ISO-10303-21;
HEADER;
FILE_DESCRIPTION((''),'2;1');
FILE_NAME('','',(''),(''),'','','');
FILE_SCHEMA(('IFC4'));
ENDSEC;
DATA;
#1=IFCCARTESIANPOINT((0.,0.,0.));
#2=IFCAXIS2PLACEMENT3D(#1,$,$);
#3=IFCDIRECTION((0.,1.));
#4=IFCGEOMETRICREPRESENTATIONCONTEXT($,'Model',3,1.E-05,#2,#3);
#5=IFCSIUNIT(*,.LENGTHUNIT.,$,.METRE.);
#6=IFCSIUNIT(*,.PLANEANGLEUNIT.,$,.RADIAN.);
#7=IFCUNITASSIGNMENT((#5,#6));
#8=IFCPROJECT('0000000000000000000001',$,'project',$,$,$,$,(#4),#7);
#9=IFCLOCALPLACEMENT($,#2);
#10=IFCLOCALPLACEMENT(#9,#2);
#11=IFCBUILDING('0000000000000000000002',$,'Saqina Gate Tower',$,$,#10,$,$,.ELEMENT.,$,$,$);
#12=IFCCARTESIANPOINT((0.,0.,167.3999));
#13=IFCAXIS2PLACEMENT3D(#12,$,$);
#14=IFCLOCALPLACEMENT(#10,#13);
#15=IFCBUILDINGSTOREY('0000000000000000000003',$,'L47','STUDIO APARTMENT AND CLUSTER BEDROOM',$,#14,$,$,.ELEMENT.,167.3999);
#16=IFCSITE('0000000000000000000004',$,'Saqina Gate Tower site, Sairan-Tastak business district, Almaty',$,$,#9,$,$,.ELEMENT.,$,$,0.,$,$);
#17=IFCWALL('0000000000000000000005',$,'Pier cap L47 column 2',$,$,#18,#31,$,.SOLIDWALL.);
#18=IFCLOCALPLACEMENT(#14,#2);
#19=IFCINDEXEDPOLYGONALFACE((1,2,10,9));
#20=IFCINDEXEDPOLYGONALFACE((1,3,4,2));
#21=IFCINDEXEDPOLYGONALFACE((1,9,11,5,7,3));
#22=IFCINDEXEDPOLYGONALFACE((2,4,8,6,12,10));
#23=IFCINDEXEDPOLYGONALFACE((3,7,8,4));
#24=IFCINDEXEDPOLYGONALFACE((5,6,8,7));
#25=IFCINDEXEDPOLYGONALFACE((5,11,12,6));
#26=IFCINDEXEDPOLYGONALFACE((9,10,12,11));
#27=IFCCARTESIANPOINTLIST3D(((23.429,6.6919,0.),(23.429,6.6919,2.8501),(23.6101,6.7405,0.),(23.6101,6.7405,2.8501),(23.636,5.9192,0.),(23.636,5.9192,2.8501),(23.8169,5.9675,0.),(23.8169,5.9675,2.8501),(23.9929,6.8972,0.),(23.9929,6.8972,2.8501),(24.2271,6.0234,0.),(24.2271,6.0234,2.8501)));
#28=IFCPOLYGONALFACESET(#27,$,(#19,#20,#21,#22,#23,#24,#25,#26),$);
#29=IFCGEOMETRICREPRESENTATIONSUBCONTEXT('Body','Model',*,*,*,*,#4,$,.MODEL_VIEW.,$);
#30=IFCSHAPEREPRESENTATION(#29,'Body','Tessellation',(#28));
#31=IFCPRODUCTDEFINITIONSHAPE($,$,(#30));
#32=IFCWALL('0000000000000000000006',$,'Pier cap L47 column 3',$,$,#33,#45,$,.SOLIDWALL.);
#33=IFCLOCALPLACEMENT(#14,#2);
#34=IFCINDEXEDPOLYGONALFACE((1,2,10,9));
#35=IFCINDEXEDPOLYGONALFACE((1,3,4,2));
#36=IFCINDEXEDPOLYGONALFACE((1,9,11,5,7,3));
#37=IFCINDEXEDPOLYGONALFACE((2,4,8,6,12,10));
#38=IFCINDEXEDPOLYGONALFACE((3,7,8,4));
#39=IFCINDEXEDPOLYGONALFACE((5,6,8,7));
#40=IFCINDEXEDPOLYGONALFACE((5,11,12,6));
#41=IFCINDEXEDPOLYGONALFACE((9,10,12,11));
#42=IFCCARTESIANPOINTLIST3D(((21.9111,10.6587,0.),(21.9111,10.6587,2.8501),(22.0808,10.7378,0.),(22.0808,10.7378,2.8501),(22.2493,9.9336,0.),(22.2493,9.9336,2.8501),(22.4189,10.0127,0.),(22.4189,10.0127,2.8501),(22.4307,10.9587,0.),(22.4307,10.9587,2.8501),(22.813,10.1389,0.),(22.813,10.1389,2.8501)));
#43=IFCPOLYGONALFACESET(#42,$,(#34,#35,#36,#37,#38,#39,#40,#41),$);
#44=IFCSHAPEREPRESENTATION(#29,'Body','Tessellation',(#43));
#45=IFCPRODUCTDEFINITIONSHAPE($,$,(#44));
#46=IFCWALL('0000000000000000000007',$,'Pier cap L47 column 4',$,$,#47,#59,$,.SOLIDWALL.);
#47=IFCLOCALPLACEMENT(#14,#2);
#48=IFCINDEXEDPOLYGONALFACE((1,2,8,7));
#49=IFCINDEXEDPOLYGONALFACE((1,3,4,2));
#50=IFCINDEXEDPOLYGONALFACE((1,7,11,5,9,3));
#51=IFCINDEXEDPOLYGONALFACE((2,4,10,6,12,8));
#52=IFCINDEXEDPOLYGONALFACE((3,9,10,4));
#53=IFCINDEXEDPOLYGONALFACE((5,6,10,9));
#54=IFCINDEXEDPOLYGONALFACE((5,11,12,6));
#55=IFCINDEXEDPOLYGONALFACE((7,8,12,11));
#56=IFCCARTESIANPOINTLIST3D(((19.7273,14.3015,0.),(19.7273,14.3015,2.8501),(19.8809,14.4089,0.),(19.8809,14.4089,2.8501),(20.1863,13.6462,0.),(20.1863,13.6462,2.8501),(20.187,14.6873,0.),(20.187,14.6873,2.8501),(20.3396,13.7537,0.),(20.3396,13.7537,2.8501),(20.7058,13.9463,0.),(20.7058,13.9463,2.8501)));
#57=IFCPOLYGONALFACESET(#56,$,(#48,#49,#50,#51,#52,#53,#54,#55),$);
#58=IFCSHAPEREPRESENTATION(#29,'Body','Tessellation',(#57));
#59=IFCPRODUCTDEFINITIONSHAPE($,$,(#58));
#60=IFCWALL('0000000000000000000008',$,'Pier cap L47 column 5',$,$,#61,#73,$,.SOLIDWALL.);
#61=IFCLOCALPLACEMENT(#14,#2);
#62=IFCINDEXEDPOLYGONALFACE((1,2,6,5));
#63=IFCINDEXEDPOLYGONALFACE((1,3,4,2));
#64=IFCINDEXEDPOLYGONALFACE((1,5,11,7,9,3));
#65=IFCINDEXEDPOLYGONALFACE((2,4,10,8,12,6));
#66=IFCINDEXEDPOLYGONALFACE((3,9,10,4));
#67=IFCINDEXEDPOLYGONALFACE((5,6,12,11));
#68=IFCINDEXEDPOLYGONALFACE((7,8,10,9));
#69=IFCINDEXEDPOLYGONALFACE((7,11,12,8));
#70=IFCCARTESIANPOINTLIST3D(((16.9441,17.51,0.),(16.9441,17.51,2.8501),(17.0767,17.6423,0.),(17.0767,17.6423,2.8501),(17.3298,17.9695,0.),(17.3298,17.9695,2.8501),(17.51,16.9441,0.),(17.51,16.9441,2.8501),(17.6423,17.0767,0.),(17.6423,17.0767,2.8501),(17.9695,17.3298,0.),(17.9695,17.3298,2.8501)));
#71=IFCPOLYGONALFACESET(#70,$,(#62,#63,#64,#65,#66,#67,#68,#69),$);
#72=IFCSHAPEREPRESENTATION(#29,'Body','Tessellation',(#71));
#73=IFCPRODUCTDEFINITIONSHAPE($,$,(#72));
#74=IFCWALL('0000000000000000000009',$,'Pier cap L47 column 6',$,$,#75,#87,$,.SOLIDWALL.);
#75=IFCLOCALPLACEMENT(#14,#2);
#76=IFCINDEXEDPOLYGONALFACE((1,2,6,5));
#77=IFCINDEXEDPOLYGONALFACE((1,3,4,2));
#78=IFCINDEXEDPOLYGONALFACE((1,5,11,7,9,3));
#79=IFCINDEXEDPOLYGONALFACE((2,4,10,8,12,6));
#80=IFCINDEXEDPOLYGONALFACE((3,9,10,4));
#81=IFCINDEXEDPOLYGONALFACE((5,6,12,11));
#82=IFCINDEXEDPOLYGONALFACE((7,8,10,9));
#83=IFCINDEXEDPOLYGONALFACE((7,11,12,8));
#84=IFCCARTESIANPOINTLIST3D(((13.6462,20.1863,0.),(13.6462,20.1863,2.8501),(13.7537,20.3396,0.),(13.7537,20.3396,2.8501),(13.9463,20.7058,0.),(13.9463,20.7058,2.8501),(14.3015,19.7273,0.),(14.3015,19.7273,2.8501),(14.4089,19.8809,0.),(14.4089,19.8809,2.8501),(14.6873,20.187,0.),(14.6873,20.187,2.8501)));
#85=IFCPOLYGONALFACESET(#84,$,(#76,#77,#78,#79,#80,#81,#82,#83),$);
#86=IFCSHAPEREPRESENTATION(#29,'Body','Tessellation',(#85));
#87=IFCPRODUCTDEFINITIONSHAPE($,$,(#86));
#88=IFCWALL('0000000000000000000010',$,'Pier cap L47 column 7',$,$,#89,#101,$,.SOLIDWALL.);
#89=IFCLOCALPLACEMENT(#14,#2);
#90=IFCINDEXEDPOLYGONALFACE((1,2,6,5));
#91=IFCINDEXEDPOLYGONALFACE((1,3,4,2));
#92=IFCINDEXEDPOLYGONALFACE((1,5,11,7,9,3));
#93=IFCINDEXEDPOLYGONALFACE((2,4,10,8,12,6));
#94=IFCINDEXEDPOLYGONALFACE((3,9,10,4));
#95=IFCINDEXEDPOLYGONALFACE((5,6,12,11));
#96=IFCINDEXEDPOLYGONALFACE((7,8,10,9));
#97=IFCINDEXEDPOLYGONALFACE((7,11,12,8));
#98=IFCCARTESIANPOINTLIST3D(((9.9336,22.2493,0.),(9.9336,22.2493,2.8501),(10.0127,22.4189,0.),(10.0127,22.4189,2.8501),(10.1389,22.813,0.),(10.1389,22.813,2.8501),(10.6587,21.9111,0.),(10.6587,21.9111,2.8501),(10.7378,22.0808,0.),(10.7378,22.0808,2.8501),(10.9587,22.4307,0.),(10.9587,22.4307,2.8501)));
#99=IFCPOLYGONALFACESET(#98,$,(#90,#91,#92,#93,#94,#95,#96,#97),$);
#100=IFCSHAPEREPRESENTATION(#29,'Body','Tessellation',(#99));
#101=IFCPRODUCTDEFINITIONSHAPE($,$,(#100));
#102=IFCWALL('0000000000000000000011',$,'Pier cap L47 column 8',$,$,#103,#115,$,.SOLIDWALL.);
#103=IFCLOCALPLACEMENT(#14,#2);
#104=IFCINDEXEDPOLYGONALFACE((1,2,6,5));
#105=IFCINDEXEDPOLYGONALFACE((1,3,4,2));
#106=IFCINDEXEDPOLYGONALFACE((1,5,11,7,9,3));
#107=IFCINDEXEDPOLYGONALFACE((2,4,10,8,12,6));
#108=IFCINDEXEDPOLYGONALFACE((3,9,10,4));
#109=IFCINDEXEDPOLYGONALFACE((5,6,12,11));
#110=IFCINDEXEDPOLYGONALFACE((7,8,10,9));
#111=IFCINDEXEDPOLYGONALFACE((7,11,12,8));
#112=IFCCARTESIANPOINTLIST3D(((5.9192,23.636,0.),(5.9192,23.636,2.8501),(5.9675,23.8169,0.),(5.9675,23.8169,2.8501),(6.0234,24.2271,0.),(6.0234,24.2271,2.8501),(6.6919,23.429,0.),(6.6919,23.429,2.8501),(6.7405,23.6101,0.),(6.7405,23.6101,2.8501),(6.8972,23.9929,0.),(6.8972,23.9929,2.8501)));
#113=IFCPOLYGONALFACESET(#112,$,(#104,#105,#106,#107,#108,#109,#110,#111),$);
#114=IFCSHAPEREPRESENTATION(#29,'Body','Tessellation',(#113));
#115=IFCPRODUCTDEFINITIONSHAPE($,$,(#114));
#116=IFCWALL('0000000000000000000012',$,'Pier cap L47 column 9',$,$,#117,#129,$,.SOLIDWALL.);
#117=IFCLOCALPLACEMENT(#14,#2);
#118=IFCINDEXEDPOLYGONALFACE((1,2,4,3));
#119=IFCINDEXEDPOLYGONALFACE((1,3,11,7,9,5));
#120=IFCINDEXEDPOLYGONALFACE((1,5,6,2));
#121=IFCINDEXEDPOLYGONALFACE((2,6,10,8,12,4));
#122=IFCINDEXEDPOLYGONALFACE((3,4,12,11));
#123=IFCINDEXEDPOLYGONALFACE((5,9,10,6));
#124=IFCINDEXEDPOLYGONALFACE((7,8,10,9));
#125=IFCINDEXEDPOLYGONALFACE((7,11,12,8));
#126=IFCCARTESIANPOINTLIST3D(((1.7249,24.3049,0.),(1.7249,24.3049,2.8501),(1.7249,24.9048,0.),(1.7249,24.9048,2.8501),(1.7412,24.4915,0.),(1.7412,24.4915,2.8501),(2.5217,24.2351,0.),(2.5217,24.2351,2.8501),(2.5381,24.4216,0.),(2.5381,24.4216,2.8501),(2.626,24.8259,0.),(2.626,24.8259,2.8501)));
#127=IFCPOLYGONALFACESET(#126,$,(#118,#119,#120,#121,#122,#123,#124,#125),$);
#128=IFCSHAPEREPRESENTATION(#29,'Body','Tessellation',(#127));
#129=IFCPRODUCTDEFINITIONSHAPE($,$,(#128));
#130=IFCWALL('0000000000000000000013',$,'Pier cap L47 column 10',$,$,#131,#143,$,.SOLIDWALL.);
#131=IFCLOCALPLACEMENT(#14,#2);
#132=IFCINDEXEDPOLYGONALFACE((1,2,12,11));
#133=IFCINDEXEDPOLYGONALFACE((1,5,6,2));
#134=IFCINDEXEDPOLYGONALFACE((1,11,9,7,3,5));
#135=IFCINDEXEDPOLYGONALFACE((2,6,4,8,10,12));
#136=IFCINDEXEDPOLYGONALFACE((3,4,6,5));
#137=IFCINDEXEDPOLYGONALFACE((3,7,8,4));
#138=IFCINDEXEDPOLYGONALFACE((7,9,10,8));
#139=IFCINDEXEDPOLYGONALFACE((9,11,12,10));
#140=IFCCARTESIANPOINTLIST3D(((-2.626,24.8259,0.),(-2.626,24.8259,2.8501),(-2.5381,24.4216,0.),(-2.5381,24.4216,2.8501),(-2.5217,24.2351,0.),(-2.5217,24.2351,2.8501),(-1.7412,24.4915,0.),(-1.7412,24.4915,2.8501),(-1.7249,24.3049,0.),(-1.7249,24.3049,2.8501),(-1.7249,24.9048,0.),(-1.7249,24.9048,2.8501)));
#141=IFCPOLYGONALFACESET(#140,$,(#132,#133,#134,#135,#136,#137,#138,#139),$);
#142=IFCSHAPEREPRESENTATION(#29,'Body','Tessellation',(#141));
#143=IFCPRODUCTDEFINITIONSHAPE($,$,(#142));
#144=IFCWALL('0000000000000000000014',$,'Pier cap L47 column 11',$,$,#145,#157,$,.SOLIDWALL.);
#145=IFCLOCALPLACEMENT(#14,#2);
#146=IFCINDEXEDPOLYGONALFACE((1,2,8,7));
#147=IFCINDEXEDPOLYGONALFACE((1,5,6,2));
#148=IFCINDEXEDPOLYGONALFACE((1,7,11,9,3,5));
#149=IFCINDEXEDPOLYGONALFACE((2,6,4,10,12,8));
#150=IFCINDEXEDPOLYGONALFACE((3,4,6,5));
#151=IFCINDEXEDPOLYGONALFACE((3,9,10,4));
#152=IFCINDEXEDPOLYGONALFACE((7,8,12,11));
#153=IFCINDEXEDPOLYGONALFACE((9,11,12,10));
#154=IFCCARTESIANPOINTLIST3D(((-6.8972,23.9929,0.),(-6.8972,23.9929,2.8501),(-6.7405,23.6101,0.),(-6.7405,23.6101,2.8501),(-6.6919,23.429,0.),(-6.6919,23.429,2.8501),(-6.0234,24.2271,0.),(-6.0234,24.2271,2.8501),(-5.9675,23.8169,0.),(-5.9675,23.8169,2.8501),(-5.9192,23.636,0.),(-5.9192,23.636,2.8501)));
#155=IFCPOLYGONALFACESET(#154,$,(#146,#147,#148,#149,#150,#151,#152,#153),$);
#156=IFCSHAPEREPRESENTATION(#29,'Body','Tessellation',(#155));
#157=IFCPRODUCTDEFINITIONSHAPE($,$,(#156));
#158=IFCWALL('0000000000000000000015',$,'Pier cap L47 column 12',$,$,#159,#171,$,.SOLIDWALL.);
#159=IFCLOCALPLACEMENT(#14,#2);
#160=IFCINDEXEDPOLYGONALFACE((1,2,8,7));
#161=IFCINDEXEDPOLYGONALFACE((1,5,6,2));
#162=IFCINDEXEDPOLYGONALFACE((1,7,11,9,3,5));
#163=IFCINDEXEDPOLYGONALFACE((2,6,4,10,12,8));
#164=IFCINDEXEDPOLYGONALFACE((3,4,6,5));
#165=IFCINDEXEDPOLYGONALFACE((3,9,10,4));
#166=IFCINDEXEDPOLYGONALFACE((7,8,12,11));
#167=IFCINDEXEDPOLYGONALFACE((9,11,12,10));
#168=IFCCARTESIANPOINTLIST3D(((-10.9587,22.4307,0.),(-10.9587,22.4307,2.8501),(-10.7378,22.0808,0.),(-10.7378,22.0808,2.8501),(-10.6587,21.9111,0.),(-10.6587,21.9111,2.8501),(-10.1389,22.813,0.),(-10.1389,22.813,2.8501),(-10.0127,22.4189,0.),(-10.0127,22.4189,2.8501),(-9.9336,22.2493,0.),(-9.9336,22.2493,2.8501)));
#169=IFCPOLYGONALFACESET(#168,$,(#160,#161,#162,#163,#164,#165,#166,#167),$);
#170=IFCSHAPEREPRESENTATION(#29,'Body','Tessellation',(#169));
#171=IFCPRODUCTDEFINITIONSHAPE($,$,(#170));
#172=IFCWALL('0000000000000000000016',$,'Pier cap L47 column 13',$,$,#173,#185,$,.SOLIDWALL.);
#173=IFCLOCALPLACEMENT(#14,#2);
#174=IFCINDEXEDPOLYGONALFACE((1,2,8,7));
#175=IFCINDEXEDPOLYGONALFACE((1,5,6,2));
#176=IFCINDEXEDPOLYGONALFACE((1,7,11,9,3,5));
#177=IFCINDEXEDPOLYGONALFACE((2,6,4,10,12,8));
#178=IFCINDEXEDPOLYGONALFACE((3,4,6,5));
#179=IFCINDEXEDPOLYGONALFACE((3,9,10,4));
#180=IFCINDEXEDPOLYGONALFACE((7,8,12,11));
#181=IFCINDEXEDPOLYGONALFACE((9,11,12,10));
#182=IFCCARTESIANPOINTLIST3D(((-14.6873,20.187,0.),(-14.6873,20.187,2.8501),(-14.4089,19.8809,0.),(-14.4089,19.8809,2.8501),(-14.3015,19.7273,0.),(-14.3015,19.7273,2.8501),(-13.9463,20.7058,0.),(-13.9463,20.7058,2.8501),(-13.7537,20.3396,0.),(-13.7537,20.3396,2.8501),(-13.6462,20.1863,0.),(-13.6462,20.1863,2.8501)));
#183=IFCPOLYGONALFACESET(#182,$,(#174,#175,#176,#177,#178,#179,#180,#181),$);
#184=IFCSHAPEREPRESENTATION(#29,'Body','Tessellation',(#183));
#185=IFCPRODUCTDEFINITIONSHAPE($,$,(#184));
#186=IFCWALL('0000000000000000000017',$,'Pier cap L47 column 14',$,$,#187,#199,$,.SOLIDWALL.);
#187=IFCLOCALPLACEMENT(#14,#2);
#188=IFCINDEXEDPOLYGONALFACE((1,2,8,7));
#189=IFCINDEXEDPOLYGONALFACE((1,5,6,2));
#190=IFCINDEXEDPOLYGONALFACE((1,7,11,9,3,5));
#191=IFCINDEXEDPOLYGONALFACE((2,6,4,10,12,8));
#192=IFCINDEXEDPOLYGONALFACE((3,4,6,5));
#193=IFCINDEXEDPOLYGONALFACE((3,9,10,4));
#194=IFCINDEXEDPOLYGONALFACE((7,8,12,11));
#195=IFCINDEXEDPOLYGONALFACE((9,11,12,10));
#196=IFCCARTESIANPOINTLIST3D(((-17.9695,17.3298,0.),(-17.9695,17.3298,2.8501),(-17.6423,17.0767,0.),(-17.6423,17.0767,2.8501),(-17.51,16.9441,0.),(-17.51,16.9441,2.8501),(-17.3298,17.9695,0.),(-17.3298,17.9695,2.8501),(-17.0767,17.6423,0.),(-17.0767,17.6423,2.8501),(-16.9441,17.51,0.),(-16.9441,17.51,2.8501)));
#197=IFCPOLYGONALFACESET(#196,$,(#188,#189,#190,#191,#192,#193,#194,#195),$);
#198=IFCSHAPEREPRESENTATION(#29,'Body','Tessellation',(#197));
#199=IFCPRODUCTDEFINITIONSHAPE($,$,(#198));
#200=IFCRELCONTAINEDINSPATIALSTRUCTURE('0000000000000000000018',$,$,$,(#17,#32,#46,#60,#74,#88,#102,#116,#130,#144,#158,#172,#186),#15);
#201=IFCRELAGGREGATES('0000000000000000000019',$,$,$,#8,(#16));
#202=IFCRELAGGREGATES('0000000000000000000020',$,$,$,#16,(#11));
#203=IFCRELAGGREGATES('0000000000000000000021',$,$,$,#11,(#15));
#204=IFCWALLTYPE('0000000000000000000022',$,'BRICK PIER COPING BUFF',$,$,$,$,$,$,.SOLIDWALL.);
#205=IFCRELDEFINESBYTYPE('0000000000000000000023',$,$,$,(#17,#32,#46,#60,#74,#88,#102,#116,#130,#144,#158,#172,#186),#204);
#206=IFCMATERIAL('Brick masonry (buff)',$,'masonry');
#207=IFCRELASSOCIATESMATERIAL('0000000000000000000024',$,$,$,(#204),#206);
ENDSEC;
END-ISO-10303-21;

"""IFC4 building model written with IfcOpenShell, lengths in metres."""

from ifc_helpers import new_model, si_unit, direction, frame, origin, place, context, subcontext, project, spatial, polyline, outline, extrude, material, type_object, element, save


model = new_model("IFC4")

# Units and contexts
model_context = context("Model", 3, precision=1e-05, world=origin(), true_north=direction((0.0, 1.0)))
body_context = subcontext(model_context, "Body", "Model", "MODEL_VIEW")
ifc_project = project(units=[si_unit("LENGTHUNIT", "METRE"), si_unit("PLANEANGLEUNIT", "RADIAN")], contexts=[model_context])

# Site, building, storey
site_placement = place(None, origin())
site = spatial("IfcSite", under=ifc_project, at=site_placement, Name="Saqina Gate Tower site, Sairan-Tastak business district, Almaty", CompositionType="ELEMENT", RefElevation=0.0)
building_placement = place(site_placement, origin())
building = spatial("IfcBuilding", under=site, at=building_placement, Name="Saqina Gate Tower", CompositionType="ELEMENT")
storey_placement = place(building_placement, frame((0.0, 0.0, 167.3999)))
storey = spatial("IfcBuildingStorey", under=building, at=storey_placement, Name="L47", Description="STUDIO APARTMENT AND CLUSTER BEDROOM", CompositionType="ELEMENT", Elevation=167.3999)

# Walls
ifc_material = material(Name="Brick masonry (buff)", Category="masonry")
wall_type = type_object("IfcWallType", Name="BRICK PIER COPING BUFF", PredefinedType="SOLIDWALL", material=ifc_material)
wall_1_placement = place(storey_placement, origin())
element("IfcWall", 1, at=wall_1_placement, inside=storey, type_object=wall_type, Name="Pier cap L47 column 2", PredefinedType="SOLIDWALL", context=body_context, shape_type="SweptSolid", body=[
    extrude(outline(polyline([(24.2271, 6.0234), (23.9929, 6.8972), (23.429, 6.6919), (23.6101, 6.7405), (23.8169, 5.9675), (23.636, 5.9192), (24.2271, 6.0234)])), origin(), (0.0, 0.0, 1.0), 2.8501),
])
wall_2_placement = place(storey_placement, origin())
element("IfcWall", 2, at=wall_2_placement, inside=storey, type_object=wall_type, Name="Pier cap L47 column 3", PredefinedType="SOLIDWALL", context=body_context, shape_type="SweptSolid", body=[
    extrude(outline(polyline([(22.4307, 10.9587), (21.9111, 10.6587), (22.0808, 10.7378), (22.4189, 10.0127), (22.2493, 9.9336), (22.813, 10.1389), (22.4307, 10.9587)])), origin(), (0.0, 0.0, 1.0), 2.8501),
])
wall_3_placement = place(storey_placement, origin())
element("IfcWall", 3, at=wall_3_placement, inside=storey, type_object=wall_type, Name="Pier cap L47 column 4", PredefinedType="SOLIDWALL", context=body_context, shape_type="SweptSolid", body=[
    extrude(outline(polyline([(20.7058, 13.9463), (20.187, 14.6873), (19.7273, 14.3015), (19.8809, 14.4089), (20.3396, 13.7537), (20.1863, 13.6462), (20.7058, 13.9463)])), origin(), (0.0, 0.0, 1.0), 2.8501),
])
wall_4_placement = place(storey_placement, origin())
element("IfcWall", 4, at=wall_4_placement, inside=storey, type_object=wall_type, Name="Pier cap L47 column 5", PredefinedType="SOLIDWALL", context=body_context, shape_type="SweptSolid", body=[
    extrude(outline(polyline([(17.3298, 17.9695), (16.9441, 17.51), (17.0767, 17.6423), (17.6423, 17.0767), (17.51, 16.9441), (17.9695, 17.3298), (17.3298, 17.9695)])), origin(), (0.0, 0.0, 1.0), 2.8501),
])
wall_5_placement = place(storey_placement, origin())
element("IfcWall", 5, at=wall_5_placement, inside=storey, type_object=wall_type, Name="Pier cap L47 column 6", PredefinedType="SOLIDWALL", context=body_context, shape_type="SweptSolid", body=[
    extrude(outline(polyline([(14.6873, 20.187), (13.9463, 20.7058), (13.6462, 20.1863), (13.7537, 20.3396), (14.4089, 19.8809), (14.3015, 19.7273), (14.6873, 20.187)])), origin(), (0.0, 0.0, 1.0), 2.8501),
])
wall_6_placement = place(storey_placement, origin())
element("IfcWall", 6, at=wall_6_placement, inside=storey, type_object=wall_type, Name="Pier cap L47 column 7", PredefinedType="SOLIDWALL", context=body_context, shape_type="SweptSolid", body=[
    extrude(outline(polyline([(10.1389, 22.813), (9.9336, 22.2493), (10.0127, 22.4189), (10.7378, 22.0808), (10.6587, 21.9111), (10.9587, 22.4307), (10.1389, 22.813)])), origin(), (0.0, 0.0, 1.0), 2.8501),
])
wall_7_placement = place(storey_placement, origin())
element("IfcWall", 7, at=wall_7_placement, inside=storey, type_object=wall_type, Name="Pier cap L47 column 8", PredefinedType="SOLIDWALL", context=body_context, shape_type="SweptSolid", body=[
    extrude(outline(polyline([(6.0234, 24.2271), (5.9192, 23.636), (5.9675, 23.8169), (6.7405, 23.6101), (6.6919, 23.429), (6.8972, 23.9929), (6.0234, 24.2271)])), origin(), (0.0, 0.0, 1.0), 2.8501),
])
wall_8_placement = place(storey_placement, origin())
element("IfcWall", 8, at=wall_8_placement, inside=storey, type_object=wall_type, Name="Pier cap L47 column 9", PredefinedType="SOLIDWALL", context=body_context, shape_type="SweptSolid", body=[
    extrude(outline(polyline([(2.626, 24.8259), (1.7249, 24.9048), (1.7249, 24.3049), (1.7412, 24.4915), (2.5381, 24.4216), (2.5217, 24.2351), (2.626, 24.8259)])), origin(), (0.0, 0.0, 1.0), 2.8501),
])
wall_9_placement = place(storey_placement, origin())
element("IfcWall", 9, at=wall_9_placement, inside=storey, type_object=wall_type, Name="Pier cap L47 column 10", PredefinedType="SOLIDWALL", context=body_context, shape_type="SweptSolid", body=[
    extrude(outline(polyline([(-1.7249, 24.9048), (-2.626, 24.8259), (-2.5217, 24.2351), (-2.5381, 24.4216), (-1.7412, 24.4915), (-1.7249, 24.3049), (-1.7249, 24.9048)])), origin(), (0.0, 0.0, 1.0), 2.8501),
])
wall_10_placement = place(storey_placement, origin())
element("IfcWall", 10, at=wall_10_placement, inside=storey, type_object=wall_type, Name="Pier cap L47 column 11", PredefinedType="SOLIDWALL", context=body_context, shape_type="SweptSolid", body=[
    extrude(outline(polyline([(-6.0234, 24.2271), (-6.8972, 23.9929), (-6.6919, 23.429), (-6.7405, 23.6101), (-5.9675, 23.8169), (-5.9192, 23.636), (-6.0234, 24.2271)])), origin(), (0.0, 0.0, 1.0), 2.8501),
])
wall_11_placement = place(storey_placement, origin())
element("IfcWall", 11, at=wall_11_placement, inside=storey, type_object=wall_type, Name="Pier cap L47 column 12", PredefinedType="SOLIDWALL", context=body_context, shape_type="SweptSolid", body=[
    extrude(outline(polyline([(-10.9587, 22.4307), (-10.6587, 21.9111), (-10.7378, 22.0808), (-10.0127, 22.4189), (-9.9336, 22.2493), (-10.1389, 22.813), (-10.9587, 22.4307)])), origin(), (0.0, 0.0, 1.0), 2.8501),
])
wall_12_placement = place(storey_placement, origin())
element("IfcWall", 12, at=wall_12_placement, inside=storey, type_object=wall_type, Name="Pier cap L47 column 13", PredefinedType="SOLIDWALL", context=body_context, shape_type="SweptSolid", body=[
    extrude(outline(polyline([(-13.9463, 20.7058), (-14.6873, 20.187), (-14.3015, 19.7273), (-14.4089, 19.8809), (-13.7537, 20.3396), (-13.6462, 20.1863), (-13.9463, 20.7058)])), origin(), (0.0, 0.0, 1.0), 2.8501),
])
wall_13_placement = place(storey_placement, origin())
element("IfcWall", 13, at=wall_13_placement, inside=storey, type_object=wall_type, Name="Pier cap L47 column 14", PredefinedType="SOLIDWALL", context=body_context, shape_type="SweptSolid", body=[
    extrude(outline(polyline([(-17.9695, 17.3298), (-17.51, 16.9441), (-17.6423, 17.0767), (-17.0767, 17.6423), (-16.9441, 17.51), (-17.3298, 17.9695), (-17.9695, 17.3298)])), origin(), (0.0, 0.0, 1.0), 2.8501),
])

save(model, "model.ifc")
